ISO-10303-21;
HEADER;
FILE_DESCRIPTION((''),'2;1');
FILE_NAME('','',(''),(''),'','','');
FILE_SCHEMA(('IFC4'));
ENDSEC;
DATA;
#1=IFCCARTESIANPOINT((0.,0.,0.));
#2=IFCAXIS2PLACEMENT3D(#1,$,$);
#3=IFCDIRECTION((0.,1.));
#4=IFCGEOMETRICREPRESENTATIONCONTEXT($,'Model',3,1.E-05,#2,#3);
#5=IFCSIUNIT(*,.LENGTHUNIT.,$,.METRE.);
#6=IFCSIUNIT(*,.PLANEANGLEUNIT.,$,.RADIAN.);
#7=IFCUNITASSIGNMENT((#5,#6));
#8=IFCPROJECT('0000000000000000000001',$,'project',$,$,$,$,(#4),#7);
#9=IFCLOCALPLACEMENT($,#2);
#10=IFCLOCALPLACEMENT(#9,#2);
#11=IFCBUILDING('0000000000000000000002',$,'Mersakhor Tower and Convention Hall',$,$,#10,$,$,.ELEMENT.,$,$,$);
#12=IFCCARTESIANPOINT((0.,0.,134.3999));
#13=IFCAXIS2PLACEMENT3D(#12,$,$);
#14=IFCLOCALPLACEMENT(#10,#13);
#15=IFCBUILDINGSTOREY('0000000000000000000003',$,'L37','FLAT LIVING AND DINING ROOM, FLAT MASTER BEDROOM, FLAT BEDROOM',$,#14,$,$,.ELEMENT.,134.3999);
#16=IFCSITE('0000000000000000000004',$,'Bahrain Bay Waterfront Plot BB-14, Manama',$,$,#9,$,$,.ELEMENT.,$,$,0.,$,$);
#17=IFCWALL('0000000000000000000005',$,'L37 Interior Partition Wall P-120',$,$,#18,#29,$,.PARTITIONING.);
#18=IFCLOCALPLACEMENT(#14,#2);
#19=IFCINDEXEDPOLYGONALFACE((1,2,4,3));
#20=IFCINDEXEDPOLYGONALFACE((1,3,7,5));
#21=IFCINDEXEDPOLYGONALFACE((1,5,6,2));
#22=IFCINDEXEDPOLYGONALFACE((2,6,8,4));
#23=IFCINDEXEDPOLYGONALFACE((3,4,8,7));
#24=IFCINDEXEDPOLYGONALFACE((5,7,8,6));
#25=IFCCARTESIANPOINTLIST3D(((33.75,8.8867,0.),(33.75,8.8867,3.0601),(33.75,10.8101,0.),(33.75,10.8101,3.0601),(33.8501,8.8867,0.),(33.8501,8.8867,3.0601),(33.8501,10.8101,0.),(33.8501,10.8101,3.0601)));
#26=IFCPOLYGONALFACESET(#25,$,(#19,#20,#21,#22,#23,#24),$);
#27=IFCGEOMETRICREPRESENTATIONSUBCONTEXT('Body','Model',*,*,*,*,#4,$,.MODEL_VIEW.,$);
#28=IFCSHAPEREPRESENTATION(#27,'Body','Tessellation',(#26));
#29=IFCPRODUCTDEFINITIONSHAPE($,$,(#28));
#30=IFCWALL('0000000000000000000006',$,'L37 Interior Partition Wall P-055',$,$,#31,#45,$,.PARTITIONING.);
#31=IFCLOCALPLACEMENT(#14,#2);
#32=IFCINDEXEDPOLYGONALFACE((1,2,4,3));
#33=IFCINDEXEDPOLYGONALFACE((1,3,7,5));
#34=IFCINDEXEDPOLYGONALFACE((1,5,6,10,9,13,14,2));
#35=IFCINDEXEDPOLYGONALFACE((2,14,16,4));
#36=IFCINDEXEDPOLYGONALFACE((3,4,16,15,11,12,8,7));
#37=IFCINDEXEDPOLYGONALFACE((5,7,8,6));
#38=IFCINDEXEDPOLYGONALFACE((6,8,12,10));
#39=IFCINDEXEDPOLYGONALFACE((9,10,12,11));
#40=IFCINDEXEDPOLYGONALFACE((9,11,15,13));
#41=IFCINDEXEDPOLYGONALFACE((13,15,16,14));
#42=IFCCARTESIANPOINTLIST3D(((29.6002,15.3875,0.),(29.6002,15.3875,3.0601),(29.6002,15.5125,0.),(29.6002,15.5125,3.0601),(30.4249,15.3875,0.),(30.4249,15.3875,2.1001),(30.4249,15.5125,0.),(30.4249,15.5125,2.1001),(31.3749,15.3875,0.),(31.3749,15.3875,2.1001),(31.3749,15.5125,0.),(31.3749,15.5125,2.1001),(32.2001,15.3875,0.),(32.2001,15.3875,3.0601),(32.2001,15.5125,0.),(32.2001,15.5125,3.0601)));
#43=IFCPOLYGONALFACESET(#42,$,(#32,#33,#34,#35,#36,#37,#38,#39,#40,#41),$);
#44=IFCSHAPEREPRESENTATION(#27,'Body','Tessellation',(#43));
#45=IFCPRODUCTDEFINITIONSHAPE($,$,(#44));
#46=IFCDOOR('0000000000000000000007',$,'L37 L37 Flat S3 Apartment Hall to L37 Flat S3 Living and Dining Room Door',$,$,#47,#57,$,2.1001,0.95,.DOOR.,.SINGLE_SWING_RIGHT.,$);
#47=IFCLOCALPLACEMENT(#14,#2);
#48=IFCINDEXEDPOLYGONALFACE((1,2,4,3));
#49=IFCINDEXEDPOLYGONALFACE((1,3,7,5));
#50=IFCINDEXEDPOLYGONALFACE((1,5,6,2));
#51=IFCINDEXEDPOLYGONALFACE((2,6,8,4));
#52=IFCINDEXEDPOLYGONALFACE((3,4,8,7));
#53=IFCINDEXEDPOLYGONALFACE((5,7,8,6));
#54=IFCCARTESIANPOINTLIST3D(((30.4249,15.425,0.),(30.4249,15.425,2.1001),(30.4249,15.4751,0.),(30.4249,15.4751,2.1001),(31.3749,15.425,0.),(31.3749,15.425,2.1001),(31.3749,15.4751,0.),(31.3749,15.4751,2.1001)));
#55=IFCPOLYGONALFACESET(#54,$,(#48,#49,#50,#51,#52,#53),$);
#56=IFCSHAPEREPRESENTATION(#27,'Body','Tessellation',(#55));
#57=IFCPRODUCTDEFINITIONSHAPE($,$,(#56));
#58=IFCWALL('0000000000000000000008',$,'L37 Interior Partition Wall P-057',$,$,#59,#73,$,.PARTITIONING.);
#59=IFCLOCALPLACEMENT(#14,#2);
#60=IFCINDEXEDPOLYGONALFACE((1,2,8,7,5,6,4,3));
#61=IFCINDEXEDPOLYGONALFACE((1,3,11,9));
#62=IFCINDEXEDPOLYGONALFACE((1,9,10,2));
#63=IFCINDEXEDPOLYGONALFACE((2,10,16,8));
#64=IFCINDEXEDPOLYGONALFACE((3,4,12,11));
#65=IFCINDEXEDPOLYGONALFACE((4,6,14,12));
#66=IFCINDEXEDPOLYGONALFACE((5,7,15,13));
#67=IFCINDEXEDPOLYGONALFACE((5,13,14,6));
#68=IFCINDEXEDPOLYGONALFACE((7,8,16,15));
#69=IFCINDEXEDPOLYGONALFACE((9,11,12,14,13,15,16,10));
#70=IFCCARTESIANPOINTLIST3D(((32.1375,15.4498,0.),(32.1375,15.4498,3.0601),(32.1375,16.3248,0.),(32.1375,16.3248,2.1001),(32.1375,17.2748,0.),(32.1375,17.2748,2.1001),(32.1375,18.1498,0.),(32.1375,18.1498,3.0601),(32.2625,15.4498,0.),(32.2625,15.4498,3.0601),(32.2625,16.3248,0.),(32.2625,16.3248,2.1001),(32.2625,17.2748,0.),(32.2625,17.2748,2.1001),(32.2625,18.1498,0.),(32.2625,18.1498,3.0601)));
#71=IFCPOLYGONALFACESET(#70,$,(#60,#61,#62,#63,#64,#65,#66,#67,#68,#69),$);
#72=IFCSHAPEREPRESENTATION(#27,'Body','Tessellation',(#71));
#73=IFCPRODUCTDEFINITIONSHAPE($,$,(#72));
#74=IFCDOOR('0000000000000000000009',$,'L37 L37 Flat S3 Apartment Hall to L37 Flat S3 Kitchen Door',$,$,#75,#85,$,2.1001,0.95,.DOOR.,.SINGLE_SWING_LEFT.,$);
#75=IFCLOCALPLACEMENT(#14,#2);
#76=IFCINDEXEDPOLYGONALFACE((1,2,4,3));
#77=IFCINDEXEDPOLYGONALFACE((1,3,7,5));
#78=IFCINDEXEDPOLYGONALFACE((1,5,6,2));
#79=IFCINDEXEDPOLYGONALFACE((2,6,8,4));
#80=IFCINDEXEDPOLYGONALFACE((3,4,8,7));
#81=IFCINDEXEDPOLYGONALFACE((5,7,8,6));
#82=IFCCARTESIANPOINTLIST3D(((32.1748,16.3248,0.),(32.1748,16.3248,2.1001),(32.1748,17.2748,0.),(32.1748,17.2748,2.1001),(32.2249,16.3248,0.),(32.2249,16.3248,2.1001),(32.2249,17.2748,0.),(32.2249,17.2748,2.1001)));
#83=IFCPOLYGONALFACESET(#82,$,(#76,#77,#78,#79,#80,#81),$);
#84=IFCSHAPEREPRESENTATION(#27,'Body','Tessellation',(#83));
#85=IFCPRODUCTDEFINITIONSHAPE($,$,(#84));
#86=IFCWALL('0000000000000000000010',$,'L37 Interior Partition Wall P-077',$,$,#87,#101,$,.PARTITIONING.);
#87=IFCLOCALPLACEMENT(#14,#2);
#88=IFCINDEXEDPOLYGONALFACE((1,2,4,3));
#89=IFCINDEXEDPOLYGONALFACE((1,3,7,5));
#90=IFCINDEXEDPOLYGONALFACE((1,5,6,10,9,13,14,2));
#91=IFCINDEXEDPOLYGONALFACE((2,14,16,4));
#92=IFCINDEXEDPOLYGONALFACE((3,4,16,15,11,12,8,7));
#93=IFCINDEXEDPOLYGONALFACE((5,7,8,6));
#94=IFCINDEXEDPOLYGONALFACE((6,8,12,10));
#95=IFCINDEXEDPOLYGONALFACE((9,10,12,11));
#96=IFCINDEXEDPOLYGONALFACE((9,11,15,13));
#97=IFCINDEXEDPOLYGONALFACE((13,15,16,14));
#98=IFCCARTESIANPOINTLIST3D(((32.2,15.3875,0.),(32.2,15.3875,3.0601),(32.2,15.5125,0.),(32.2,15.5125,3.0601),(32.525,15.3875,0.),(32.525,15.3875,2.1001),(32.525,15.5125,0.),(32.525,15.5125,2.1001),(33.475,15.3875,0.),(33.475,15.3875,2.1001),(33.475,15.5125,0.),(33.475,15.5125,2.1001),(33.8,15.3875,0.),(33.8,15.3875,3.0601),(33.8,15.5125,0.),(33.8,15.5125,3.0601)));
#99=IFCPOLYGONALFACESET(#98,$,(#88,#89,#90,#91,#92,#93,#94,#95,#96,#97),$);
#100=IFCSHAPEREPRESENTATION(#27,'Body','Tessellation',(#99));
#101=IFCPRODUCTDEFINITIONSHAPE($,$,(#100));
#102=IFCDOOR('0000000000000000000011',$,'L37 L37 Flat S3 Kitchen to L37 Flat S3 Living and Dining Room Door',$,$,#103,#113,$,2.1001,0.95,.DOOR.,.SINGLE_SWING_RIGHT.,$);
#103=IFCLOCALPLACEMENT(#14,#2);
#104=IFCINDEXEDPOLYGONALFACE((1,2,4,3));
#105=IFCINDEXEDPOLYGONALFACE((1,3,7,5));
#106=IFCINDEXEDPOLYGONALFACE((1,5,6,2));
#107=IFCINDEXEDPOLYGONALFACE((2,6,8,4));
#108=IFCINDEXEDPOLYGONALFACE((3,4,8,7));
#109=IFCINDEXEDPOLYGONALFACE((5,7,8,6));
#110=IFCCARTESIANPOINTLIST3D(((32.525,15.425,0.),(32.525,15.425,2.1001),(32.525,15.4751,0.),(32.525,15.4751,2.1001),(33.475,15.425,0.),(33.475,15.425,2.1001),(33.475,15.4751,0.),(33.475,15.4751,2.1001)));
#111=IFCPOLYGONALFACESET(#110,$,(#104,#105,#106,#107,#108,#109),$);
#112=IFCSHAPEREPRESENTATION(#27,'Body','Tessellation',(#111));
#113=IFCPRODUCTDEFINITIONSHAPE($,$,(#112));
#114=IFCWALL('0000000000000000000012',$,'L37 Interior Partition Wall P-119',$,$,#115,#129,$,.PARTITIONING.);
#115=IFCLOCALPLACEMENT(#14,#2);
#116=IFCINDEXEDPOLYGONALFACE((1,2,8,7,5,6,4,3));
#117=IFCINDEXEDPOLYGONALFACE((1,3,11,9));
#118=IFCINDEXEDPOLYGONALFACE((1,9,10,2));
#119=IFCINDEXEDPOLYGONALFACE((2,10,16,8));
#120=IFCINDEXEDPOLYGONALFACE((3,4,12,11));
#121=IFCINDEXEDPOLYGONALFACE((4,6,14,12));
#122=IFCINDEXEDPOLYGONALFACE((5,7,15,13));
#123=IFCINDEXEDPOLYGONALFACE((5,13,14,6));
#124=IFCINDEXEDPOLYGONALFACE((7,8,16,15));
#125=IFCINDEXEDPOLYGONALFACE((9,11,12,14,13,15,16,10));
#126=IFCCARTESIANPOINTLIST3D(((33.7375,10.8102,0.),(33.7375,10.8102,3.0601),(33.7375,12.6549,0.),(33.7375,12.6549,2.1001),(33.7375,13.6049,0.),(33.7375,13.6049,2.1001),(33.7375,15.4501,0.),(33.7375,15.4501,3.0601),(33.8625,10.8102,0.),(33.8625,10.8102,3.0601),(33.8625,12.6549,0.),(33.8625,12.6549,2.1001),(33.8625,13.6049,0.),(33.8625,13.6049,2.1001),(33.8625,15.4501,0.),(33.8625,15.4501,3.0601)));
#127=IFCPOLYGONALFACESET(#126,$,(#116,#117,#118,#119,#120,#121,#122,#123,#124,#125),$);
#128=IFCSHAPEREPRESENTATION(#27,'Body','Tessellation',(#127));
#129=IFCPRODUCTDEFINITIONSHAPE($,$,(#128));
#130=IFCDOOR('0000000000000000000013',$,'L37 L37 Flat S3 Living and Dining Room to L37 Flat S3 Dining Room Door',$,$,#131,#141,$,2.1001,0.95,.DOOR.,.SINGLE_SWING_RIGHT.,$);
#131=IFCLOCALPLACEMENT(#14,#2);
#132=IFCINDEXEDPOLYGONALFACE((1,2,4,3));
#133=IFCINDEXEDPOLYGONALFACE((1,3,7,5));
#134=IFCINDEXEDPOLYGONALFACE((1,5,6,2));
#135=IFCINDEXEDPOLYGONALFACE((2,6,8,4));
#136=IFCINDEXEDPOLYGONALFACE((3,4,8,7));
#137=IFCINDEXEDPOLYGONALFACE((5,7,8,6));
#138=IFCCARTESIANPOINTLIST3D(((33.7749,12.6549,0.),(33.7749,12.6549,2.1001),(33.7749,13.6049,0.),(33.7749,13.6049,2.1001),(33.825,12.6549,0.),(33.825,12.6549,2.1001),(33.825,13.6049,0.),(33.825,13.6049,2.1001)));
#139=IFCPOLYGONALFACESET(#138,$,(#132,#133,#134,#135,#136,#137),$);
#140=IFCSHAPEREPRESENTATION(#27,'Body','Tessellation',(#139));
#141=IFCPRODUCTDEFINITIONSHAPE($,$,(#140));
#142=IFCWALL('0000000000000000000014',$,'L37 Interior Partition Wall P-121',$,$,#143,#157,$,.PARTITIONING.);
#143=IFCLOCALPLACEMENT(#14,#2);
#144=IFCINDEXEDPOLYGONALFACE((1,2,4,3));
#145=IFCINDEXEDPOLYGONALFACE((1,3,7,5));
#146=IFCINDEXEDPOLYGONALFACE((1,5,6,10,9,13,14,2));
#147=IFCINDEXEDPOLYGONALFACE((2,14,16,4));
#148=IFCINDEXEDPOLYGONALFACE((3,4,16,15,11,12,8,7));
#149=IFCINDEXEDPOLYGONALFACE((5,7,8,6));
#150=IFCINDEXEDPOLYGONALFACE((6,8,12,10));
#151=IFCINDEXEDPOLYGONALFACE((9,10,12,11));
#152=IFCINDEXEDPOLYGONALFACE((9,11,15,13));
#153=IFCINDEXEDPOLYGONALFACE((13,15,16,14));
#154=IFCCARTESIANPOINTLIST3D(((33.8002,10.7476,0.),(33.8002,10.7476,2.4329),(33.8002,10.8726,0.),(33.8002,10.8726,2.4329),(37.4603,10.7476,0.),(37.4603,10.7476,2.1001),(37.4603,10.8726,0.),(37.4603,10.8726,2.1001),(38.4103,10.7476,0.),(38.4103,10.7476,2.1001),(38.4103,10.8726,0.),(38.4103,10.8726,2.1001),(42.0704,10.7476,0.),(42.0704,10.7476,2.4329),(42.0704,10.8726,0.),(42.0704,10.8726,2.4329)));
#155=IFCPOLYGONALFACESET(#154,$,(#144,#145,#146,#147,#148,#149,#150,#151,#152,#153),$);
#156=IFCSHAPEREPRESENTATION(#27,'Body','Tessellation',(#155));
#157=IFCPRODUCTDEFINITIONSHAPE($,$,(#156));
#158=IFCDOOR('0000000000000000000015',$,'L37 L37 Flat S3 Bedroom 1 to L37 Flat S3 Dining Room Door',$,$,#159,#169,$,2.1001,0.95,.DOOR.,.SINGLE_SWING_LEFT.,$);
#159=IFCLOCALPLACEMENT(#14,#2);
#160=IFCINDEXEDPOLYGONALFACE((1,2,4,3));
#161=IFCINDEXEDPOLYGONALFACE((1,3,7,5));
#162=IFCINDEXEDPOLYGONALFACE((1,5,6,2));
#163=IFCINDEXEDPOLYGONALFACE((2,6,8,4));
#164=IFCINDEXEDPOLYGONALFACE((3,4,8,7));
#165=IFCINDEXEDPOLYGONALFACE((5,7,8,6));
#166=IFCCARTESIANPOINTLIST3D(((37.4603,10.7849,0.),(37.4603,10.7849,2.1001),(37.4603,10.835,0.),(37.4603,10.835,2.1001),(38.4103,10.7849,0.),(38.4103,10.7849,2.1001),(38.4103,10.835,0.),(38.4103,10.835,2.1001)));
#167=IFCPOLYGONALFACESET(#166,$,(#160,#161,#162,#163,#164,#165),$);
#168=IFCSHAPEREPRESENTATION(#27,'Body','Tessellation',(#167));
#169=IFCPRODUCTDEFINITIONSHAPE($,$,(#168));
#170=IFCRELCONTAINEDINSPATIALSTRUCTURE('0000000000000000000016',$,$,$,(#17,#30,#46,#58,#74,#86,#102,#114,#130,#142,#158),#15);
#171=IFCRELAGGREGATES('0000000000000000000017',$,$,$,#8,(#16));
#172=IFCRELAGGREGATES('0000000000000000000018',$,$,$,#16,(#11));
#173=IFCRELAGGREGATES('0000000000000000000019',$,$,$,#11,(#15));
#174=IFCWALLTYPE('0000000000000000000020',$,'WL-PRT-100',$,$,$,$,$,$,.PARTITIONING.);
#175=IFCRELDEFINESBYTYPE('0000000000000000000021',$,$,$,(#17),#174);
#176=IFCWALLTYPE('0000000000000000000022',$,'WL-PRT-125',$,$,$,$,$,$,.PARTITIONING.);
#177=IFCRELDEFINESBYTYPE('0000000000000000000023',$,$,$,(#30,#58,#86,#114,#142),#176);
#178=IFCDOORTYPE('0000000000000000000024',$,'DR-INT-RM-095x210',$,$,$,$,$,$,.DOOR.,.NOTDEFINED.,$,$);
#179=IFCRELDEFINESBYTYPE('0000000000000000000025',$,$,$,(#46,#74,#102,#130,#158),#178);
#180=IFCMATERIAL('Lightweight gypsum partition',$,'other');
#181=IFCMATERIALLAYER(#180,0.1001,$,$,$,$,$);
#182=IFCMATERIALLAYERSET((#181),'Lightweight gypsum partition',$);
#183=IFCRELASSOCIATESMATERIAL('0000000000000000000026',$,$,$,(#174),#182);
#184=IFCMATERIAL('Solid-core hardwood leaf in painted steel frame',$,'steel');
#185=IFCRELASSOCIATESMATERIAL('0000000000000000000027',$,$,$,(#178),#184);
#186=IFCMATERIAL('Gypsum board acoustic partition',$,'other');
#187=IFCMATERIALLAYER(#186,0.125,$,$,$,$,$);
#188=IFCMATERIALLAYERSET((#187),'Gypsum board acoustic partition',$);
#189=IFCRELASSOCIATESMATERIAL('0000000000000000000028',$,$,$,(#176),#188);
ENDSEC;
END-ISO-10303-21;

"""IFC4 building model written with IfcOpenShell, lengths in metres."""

from ifc_helpers import new_model, si_unit, direction, frame, frame_2d, origin, place, context, subcontext, project, spatial, rectangle, extrude, material, layer, layer_set, type_object, element, fill, save


model = new_model("IFC4")

# Units and contexts
model_context = context("Model", 3, precision=1e-05, world=origin(), true_north=direction((0.0, 1.0)))
body_context = subcontext(model_context, "Body", "Model", "MODEL_VIEW")
ifc_project = project(units=[si_unit("LENGTHUNIT", "METRE"), si_unit("PLANEANGLEUNIT", "RADIAN")], contexts=[model_context])

# Site, building, storey
site_placement = place(None, origin())
site = spatial("IfcSite", under=ifc_project, at=site_placement, Name="Bahrain Bay Waterfront Plot BB-14, Manama", CompositionType="ELEMENT", RefElevation=0.0)
building_placement = place(site_placement, origin())
building = spatial("IfcBuilding", under=site, at=building_placement, Name="Mersakhor Tower and Convention Hall", CompositionType="ELEMENT")
storey_placement = place(building_placement, frame((0.0, 0.0, 134.3999)))
storey = spatial("IfcBuildingStorey", under=building, at=storey_placement, Name="L37", Description="FLAT LIVING AND DINING ROOM, FLAT MASTER BEDROOM, FLAT BEDROOM", CompositionType="ELEMENT", Elevation=134.3999)

# Shared definitions
ifc_material_1 = material(Name="Lightweight gypsum partition", Category="other")
ifc_layer_1 = layer(ifc_material_1, 0.1001)
ifc_layer_set_1 = layer_set([ifc_layer_1], Name="Lightweight gypsum partition")
wall_type_1 = type_object("IfcWallType", Name="WL-PRT-100", PredefinedType="PARTITIONING", material=ifc_layer_set_1)
ifc_material_2 = material(Name="Solid-core hardwood leaf in painted steel frame", Category="steel")
door_type_1 = type_object("IfcDoorType", Name="DR-INT-RM-095x210", OperationType="NOTDEFINED", PredefinedType="DOOR", material=ifc_material_2)

# Wall
wall_1_placement = place(storey_placement, frame((33.8, 10.8101, 0.0), z_axis=(0.0, 0.0, 1.0), x_axis=(0.0, -1.0, 0.0)))
element("IfcWall", 1, at=wall_1_placement, inside=storey, type_object=wall_type_1, Name="L37 Interior Partition Wall P-120", PredefinedType="PARTITIONING", context=body_context, shape_type="SweptSolid", body=[
    extrude(rectangle(XDim=1.9233, YDim=0.1001, at=frame_2d((0.9617, 0.0))), origin(), (0.0, 0.0, 1.0), 3.0601),
])

# Walls, openings, doors
ifc_material_3 = material(Name="Gypsum board acoustic partition", Category="other")
ifc_layer_2 = layer(ifc_material_3, 0.125)
ifc_layer_set_2 = layer_set([ifc_layer_2], Name="Gypsum board acoustic partition")
wall_type_2 = type_object("IfcWallType", Name="WL-PRT-125", PredefinedType="PARTITIONING", material=ifc_layer_set_2)
wall_2_placement = place(storey_placement, frame((32.2, 15.45, 0.0), z_axis=(0.0, 0.0, 1.0), x_axis=(-1.0, 0.0, 0.0)))
wall_2 = element("IfcWall", 2, at=wall_2_placement, inside=storey, type_object=wall_type_2, Name="L37 Interior Partition Wall P-055", PredefinedType="PARTITIONING", context=body_context, shape_type="SweptSolid", body=[
    extrude(rectangle(XDim=2.5999, YDim=0.125, at=frame_2d((1.2998, 0.0))), origin(), (0.0, 0.0, 1.0), 3.0601),
])
opening_1_placement = place(wall_2_placement, frame((0.825, 0.0, 0.0)))
opening_1 = element("IfcOpeningElement", 3, at=opening_1_placement, cuts=wall_2, PredefinedType="OPENING", context=body_context, shape_type="SweptSolid", body=[
    extrude(rectangle(XDim=0.95, YDim=2.1001, at=frame_2d((0.4751, 1.05))), frame((0.0, 0.0725, 0.0), z_axis=(0.0, -1.0, 0.0), x_axis=(1.0, 0.0, 0.0)), (0.0, 0.0, 1.0), 0.145),
])
door_1_placement = place(opening_1_placement, origin())
door_1 = element("IfcDoor", 4, at=door_1_placement, inside=storey, type_object=door_type_1, Name="L37 L37 Flat S3 Apartment Hall to L37 Flat S3 Living and Dining Room Door", OperationType="SINGLE_SWING_RIGHT", OverallHeight=2.1001, OverallWidth=0.95, PredefinedType="DOOR", context=body_context, shape_type="SweptSolid", body=[
    extrude(rectangle(XDim=0.95, YDim=2.1001, at=frame_2d((0.4751, 1.05))), frame((0.0, 0.0249, 0.0), z_axis=(0.0, -1.0, 0.0), x_axis=(1.0, 0.0, 0.0)), (0.0, 0.0, 1.0), 0.05),
])
fill(opening_1, door_1)
wall_3_placement = place(storey_placement, frame((32.2, 18.1499, 0.0), z_axis=(0.0, 0.0, 1.0), x_axis=(0.0, -1.0, 0.0)))
wall_3 = element("IfcWall", 5, at=wall_3_placement, inside=storey, type_object=wall_type_2, Name="L37 Interior Partition Wall P-057", PredefinedType="PARTITIONING", context=body_context, shape_type="SweptSolid", body=[
    extrude(rectangle(XDim=2.7, YDim=0.125, at=frame_2d((1.3501, 0.0))), origin(), (0.0, 0.0, 1.0), 3.0601),
])
opening_2_placement = place(wall_3_placement, frame((0.875, 0.0, 0.0)))
opening_2 = element("IfcOpeningElement", 6, at=opening_2_placement, cuts=wall_3, PredefinedType="OPENING", context=body_context, shape_type="SweptSolid", body=[
    extrude(rectangle(XDim=0.95, YDim=2.1001, at=frame_2d((0.4751, 1.05))), frame((0.0, 0.0725, 0.0), z_axis=(0.0, -1.0, 0.0), x_axis=(1.0, 0.0, 0.0)), (0.0, 0.0, 1.0), 0.145),
])
door_2_placement = place(opening_2_placement, origin())
door_2 = element("IfcDoor", 7, at=door_2_placement, inside=storey, type_object=door_type_1, Name="L37 L37 Flat S3 Apartment Hall to L37 Flat S3 Kitchen Door", OperationType="SINGLE_SWING_LEFT", OverallHeight=2.1001, OverallWidth=0.95, PredefinedType="DOOR", context=body_context, shape_type="SweptSolid", body=[
    extrude(rectangle(XDim=0.95, YDim=2.1001, at=frame_2d((0.4751, 1.05))), frame((0.0, 0.0249, 0.0), z_axis=(0.0, -1.0, 0.0), x_axis=(1.0, 0.0, 0.0)), (0.0, 0.0, 1.0), 0.05),
])
fill(opening_2, door_2)
wall_4_placement = place(storey_placement, frame((33.8, 15.45, 0.0), z_axis=(0.0, 0.0, 1.0), x_axis=(-1.0, 0.0, 0.0)))
wall_4 = element("IfcWall", 8, at=wall_4_placement, inside=storey, type_object=wall_type_2, Name="L37 Interior Partition Wall P-077", PredefinedType="PARTITIONING", context=body_context, shape_type="SweptSolid", body=[
    extrude(rectangle(XDim=1.6001, YDim=0.125, at=frame_2d((0.8, 0.0))), origin(), (0.0, 0.0, 1.0), 3.0601),
])
opening_3_placement = place(wall_4_placement, frame((0.325, 0.0, 0.0)))
opening_3 = element("IfcOpeningElement", 9, at=opening_3_placement, cuts=wall_4, PredefinedType="OPENING", context=body_context, shape_type="SweptSolid", body=[
    extrude(rectangle(XDim=0.95, YDim=2.1001, at=frame_2d((0.4751, 1.05))), frame((0.0, 0.0725, 0.0), z_axis=(0.0, -1.0, 0.0), x_axis=(1.0, 0.0, 0.0)), (0.0, 0.0, 1.0), 0.145),
])
door_3_placement = place(opening_3_placement, origin())
door_3 = element("IfcDoor", 10, at=door_3_placement, inside=storey, type_object=door_type_1, Name="L37 L37 Flat S3 Kitchen to L37 Flat S3 Living and Dining Room Door", OperationType="SINGLE_SWING_RIGHT", OverallHeight=2.1001, OverallWidth=0.95, PredefinedType="DOOR", context=body_context, shape_type="SweptSolid", body=[
    extrude(rectangle(XDim=0.95, YDim=2.1001, at=frame_2d((0.4751, 1.05))), frame((0.0, 0.0249, 0.0), z_axis=(0.0, -1.0, 0.0), x_axis=(1.0, 0.0, 0.0)), (0.0, 0.0, 1.0), 0.05),
])
fill(opening_3, door_3)
wall_5_placement = place(storey_placement, frame((33.8, 15.45, 0.0), z_axis=(0.0, 0.0, 1.0), x_axis=(0.0, -1.0, 0.0)))
wall_5 = element("IfcWall", 11, at=wall_5_placement, inside=storey, type_object=wall_type_2, Name="L37 Interior Partition Wall P-119", PredefinedType="PARTITIONING", context=body_context, shape_type="SweptSolid", body=[
    extrude(rectangle(XDim=4.6399, YDim=0.125, at=frame_2d((2.3198, 0.0))), origin(), (0.0, 0.0, 1.0), 3.0601),
])
opening_4_placement = place(wall_5_placement, frame((1.845, 0.0, 0.0)))
opening_4 = element("IfcOpeningElement", 12, at=opening_4_placement, cuts=wall_5, PredefinedType="OPENING", context=body_context, shape_type="SweptSolid", body=[
    extrude(rectangle(XDim=0.95, YDim=2.1001, at=frame_2d((0.4751, 1.05))), frame((0.0, 0.0725, 0.0), z_axis=(0.0, -1.0, 0.0), x_axis=(1.0, 0.0, 0.0)), (0.0, 0.0, 1.0), 0.145),
])
door_4_placement = place(opening_4_placement, origin())
door_4 = element("IfcDoor", 13, at=door_4_placement, inside=storey, type_object=door_type_1, Name="L37 L37 Flat S3 Living and Dining Room to L37 Flat S3 Dining Room Door", OperationType="SINGLE_SWING_RIGHT", OverallHeight=2.1001, OverallWidth=0.95, PredefinedType="DOOR", context=body_context, shape_type="SweptSolid", body=[
    extrude(rectangle(XDim=0.95, YDim=2.1001, at=frame_2d((0.4751, 1.05))), frame((0.0, 0.0249, 0.0), z_axis=(0.0, -1.0, 0.0), x_axis=(1.0, 0.0, 0.0)), (0.0, 0.0, 1.0), 0.05),
])
fill(opening_4, door_4)
wall_6_placement = place(storey_placement, frame((33.8, 10.8101, 0.0), z_axis=(0.0, 0.0, 1.0), x_axis=(1.0, 0.0, 0.0)))
wall_6 = element("IfcWall", 14, at=wall_6_placement, inside=storey, type_object=wall_type_2, Name="L37 Interior Partition Wall P-121", PredefinedType="PARTITIONING", context=body_context, shape_type="SweptSolid", body=[
    extrude(rectangle(XDim=8.2703, YDim=0.125, at=frame_2d((4.1353, 0.0))), origin(), (0.0, 0.0, 1.0), 2.4329),
])
opening_5_placement = place(wall_6_placement, frame((3.6602, 0.0, 0.0)))
opening_5 = element("IfcOpeningElement", 15, at=opening_5_placement, cuts=wall_6, PredefinedType="OPENING", context=body_context, shape_type="SweptSolid", body=[
    extrude(rectangle(XDim=0.95, YDim=2.1001, at=frame_2d((0.4751, 1.05))), frame((0.0, 0.0725, 0.0), z_axis=(0.0, -1.0, 0.0), x_axis=(1.0, 0.0, 0.0)), (0.0, 0.0, 1.0), 0.145),
])
door_5_placement = place(opening_5_placement, origin())
door_5 = element("IfcDoor", 16, at=door_5_placement, inside=storey, type_object=door_type_1, Name="L37 L37 Flat S3 Bedroom 1 to L37 Flat S3 Dining Room Door", OperationType="SINGLE_SWING_LEFT", OverallHeight=2.1001, OverallWidth=0.95, PredefinedType="DOOR", context=body_context, shape_type="SweptSolid", body=[
    extrude(rectangle(XDim=0.95, YDim=2.1001, at=frame_2d((0.4751, 1.05))), frame((0.0, 0.0249, 0.0), z_axis=(0.0, -1.0, 0.0), x_axis=(1.0, 0.0, 0.0)), (0.0, 0.0, 1.0), 0.05),
])
fill(opening_5, door_5)

save(model, "model.ifc")
